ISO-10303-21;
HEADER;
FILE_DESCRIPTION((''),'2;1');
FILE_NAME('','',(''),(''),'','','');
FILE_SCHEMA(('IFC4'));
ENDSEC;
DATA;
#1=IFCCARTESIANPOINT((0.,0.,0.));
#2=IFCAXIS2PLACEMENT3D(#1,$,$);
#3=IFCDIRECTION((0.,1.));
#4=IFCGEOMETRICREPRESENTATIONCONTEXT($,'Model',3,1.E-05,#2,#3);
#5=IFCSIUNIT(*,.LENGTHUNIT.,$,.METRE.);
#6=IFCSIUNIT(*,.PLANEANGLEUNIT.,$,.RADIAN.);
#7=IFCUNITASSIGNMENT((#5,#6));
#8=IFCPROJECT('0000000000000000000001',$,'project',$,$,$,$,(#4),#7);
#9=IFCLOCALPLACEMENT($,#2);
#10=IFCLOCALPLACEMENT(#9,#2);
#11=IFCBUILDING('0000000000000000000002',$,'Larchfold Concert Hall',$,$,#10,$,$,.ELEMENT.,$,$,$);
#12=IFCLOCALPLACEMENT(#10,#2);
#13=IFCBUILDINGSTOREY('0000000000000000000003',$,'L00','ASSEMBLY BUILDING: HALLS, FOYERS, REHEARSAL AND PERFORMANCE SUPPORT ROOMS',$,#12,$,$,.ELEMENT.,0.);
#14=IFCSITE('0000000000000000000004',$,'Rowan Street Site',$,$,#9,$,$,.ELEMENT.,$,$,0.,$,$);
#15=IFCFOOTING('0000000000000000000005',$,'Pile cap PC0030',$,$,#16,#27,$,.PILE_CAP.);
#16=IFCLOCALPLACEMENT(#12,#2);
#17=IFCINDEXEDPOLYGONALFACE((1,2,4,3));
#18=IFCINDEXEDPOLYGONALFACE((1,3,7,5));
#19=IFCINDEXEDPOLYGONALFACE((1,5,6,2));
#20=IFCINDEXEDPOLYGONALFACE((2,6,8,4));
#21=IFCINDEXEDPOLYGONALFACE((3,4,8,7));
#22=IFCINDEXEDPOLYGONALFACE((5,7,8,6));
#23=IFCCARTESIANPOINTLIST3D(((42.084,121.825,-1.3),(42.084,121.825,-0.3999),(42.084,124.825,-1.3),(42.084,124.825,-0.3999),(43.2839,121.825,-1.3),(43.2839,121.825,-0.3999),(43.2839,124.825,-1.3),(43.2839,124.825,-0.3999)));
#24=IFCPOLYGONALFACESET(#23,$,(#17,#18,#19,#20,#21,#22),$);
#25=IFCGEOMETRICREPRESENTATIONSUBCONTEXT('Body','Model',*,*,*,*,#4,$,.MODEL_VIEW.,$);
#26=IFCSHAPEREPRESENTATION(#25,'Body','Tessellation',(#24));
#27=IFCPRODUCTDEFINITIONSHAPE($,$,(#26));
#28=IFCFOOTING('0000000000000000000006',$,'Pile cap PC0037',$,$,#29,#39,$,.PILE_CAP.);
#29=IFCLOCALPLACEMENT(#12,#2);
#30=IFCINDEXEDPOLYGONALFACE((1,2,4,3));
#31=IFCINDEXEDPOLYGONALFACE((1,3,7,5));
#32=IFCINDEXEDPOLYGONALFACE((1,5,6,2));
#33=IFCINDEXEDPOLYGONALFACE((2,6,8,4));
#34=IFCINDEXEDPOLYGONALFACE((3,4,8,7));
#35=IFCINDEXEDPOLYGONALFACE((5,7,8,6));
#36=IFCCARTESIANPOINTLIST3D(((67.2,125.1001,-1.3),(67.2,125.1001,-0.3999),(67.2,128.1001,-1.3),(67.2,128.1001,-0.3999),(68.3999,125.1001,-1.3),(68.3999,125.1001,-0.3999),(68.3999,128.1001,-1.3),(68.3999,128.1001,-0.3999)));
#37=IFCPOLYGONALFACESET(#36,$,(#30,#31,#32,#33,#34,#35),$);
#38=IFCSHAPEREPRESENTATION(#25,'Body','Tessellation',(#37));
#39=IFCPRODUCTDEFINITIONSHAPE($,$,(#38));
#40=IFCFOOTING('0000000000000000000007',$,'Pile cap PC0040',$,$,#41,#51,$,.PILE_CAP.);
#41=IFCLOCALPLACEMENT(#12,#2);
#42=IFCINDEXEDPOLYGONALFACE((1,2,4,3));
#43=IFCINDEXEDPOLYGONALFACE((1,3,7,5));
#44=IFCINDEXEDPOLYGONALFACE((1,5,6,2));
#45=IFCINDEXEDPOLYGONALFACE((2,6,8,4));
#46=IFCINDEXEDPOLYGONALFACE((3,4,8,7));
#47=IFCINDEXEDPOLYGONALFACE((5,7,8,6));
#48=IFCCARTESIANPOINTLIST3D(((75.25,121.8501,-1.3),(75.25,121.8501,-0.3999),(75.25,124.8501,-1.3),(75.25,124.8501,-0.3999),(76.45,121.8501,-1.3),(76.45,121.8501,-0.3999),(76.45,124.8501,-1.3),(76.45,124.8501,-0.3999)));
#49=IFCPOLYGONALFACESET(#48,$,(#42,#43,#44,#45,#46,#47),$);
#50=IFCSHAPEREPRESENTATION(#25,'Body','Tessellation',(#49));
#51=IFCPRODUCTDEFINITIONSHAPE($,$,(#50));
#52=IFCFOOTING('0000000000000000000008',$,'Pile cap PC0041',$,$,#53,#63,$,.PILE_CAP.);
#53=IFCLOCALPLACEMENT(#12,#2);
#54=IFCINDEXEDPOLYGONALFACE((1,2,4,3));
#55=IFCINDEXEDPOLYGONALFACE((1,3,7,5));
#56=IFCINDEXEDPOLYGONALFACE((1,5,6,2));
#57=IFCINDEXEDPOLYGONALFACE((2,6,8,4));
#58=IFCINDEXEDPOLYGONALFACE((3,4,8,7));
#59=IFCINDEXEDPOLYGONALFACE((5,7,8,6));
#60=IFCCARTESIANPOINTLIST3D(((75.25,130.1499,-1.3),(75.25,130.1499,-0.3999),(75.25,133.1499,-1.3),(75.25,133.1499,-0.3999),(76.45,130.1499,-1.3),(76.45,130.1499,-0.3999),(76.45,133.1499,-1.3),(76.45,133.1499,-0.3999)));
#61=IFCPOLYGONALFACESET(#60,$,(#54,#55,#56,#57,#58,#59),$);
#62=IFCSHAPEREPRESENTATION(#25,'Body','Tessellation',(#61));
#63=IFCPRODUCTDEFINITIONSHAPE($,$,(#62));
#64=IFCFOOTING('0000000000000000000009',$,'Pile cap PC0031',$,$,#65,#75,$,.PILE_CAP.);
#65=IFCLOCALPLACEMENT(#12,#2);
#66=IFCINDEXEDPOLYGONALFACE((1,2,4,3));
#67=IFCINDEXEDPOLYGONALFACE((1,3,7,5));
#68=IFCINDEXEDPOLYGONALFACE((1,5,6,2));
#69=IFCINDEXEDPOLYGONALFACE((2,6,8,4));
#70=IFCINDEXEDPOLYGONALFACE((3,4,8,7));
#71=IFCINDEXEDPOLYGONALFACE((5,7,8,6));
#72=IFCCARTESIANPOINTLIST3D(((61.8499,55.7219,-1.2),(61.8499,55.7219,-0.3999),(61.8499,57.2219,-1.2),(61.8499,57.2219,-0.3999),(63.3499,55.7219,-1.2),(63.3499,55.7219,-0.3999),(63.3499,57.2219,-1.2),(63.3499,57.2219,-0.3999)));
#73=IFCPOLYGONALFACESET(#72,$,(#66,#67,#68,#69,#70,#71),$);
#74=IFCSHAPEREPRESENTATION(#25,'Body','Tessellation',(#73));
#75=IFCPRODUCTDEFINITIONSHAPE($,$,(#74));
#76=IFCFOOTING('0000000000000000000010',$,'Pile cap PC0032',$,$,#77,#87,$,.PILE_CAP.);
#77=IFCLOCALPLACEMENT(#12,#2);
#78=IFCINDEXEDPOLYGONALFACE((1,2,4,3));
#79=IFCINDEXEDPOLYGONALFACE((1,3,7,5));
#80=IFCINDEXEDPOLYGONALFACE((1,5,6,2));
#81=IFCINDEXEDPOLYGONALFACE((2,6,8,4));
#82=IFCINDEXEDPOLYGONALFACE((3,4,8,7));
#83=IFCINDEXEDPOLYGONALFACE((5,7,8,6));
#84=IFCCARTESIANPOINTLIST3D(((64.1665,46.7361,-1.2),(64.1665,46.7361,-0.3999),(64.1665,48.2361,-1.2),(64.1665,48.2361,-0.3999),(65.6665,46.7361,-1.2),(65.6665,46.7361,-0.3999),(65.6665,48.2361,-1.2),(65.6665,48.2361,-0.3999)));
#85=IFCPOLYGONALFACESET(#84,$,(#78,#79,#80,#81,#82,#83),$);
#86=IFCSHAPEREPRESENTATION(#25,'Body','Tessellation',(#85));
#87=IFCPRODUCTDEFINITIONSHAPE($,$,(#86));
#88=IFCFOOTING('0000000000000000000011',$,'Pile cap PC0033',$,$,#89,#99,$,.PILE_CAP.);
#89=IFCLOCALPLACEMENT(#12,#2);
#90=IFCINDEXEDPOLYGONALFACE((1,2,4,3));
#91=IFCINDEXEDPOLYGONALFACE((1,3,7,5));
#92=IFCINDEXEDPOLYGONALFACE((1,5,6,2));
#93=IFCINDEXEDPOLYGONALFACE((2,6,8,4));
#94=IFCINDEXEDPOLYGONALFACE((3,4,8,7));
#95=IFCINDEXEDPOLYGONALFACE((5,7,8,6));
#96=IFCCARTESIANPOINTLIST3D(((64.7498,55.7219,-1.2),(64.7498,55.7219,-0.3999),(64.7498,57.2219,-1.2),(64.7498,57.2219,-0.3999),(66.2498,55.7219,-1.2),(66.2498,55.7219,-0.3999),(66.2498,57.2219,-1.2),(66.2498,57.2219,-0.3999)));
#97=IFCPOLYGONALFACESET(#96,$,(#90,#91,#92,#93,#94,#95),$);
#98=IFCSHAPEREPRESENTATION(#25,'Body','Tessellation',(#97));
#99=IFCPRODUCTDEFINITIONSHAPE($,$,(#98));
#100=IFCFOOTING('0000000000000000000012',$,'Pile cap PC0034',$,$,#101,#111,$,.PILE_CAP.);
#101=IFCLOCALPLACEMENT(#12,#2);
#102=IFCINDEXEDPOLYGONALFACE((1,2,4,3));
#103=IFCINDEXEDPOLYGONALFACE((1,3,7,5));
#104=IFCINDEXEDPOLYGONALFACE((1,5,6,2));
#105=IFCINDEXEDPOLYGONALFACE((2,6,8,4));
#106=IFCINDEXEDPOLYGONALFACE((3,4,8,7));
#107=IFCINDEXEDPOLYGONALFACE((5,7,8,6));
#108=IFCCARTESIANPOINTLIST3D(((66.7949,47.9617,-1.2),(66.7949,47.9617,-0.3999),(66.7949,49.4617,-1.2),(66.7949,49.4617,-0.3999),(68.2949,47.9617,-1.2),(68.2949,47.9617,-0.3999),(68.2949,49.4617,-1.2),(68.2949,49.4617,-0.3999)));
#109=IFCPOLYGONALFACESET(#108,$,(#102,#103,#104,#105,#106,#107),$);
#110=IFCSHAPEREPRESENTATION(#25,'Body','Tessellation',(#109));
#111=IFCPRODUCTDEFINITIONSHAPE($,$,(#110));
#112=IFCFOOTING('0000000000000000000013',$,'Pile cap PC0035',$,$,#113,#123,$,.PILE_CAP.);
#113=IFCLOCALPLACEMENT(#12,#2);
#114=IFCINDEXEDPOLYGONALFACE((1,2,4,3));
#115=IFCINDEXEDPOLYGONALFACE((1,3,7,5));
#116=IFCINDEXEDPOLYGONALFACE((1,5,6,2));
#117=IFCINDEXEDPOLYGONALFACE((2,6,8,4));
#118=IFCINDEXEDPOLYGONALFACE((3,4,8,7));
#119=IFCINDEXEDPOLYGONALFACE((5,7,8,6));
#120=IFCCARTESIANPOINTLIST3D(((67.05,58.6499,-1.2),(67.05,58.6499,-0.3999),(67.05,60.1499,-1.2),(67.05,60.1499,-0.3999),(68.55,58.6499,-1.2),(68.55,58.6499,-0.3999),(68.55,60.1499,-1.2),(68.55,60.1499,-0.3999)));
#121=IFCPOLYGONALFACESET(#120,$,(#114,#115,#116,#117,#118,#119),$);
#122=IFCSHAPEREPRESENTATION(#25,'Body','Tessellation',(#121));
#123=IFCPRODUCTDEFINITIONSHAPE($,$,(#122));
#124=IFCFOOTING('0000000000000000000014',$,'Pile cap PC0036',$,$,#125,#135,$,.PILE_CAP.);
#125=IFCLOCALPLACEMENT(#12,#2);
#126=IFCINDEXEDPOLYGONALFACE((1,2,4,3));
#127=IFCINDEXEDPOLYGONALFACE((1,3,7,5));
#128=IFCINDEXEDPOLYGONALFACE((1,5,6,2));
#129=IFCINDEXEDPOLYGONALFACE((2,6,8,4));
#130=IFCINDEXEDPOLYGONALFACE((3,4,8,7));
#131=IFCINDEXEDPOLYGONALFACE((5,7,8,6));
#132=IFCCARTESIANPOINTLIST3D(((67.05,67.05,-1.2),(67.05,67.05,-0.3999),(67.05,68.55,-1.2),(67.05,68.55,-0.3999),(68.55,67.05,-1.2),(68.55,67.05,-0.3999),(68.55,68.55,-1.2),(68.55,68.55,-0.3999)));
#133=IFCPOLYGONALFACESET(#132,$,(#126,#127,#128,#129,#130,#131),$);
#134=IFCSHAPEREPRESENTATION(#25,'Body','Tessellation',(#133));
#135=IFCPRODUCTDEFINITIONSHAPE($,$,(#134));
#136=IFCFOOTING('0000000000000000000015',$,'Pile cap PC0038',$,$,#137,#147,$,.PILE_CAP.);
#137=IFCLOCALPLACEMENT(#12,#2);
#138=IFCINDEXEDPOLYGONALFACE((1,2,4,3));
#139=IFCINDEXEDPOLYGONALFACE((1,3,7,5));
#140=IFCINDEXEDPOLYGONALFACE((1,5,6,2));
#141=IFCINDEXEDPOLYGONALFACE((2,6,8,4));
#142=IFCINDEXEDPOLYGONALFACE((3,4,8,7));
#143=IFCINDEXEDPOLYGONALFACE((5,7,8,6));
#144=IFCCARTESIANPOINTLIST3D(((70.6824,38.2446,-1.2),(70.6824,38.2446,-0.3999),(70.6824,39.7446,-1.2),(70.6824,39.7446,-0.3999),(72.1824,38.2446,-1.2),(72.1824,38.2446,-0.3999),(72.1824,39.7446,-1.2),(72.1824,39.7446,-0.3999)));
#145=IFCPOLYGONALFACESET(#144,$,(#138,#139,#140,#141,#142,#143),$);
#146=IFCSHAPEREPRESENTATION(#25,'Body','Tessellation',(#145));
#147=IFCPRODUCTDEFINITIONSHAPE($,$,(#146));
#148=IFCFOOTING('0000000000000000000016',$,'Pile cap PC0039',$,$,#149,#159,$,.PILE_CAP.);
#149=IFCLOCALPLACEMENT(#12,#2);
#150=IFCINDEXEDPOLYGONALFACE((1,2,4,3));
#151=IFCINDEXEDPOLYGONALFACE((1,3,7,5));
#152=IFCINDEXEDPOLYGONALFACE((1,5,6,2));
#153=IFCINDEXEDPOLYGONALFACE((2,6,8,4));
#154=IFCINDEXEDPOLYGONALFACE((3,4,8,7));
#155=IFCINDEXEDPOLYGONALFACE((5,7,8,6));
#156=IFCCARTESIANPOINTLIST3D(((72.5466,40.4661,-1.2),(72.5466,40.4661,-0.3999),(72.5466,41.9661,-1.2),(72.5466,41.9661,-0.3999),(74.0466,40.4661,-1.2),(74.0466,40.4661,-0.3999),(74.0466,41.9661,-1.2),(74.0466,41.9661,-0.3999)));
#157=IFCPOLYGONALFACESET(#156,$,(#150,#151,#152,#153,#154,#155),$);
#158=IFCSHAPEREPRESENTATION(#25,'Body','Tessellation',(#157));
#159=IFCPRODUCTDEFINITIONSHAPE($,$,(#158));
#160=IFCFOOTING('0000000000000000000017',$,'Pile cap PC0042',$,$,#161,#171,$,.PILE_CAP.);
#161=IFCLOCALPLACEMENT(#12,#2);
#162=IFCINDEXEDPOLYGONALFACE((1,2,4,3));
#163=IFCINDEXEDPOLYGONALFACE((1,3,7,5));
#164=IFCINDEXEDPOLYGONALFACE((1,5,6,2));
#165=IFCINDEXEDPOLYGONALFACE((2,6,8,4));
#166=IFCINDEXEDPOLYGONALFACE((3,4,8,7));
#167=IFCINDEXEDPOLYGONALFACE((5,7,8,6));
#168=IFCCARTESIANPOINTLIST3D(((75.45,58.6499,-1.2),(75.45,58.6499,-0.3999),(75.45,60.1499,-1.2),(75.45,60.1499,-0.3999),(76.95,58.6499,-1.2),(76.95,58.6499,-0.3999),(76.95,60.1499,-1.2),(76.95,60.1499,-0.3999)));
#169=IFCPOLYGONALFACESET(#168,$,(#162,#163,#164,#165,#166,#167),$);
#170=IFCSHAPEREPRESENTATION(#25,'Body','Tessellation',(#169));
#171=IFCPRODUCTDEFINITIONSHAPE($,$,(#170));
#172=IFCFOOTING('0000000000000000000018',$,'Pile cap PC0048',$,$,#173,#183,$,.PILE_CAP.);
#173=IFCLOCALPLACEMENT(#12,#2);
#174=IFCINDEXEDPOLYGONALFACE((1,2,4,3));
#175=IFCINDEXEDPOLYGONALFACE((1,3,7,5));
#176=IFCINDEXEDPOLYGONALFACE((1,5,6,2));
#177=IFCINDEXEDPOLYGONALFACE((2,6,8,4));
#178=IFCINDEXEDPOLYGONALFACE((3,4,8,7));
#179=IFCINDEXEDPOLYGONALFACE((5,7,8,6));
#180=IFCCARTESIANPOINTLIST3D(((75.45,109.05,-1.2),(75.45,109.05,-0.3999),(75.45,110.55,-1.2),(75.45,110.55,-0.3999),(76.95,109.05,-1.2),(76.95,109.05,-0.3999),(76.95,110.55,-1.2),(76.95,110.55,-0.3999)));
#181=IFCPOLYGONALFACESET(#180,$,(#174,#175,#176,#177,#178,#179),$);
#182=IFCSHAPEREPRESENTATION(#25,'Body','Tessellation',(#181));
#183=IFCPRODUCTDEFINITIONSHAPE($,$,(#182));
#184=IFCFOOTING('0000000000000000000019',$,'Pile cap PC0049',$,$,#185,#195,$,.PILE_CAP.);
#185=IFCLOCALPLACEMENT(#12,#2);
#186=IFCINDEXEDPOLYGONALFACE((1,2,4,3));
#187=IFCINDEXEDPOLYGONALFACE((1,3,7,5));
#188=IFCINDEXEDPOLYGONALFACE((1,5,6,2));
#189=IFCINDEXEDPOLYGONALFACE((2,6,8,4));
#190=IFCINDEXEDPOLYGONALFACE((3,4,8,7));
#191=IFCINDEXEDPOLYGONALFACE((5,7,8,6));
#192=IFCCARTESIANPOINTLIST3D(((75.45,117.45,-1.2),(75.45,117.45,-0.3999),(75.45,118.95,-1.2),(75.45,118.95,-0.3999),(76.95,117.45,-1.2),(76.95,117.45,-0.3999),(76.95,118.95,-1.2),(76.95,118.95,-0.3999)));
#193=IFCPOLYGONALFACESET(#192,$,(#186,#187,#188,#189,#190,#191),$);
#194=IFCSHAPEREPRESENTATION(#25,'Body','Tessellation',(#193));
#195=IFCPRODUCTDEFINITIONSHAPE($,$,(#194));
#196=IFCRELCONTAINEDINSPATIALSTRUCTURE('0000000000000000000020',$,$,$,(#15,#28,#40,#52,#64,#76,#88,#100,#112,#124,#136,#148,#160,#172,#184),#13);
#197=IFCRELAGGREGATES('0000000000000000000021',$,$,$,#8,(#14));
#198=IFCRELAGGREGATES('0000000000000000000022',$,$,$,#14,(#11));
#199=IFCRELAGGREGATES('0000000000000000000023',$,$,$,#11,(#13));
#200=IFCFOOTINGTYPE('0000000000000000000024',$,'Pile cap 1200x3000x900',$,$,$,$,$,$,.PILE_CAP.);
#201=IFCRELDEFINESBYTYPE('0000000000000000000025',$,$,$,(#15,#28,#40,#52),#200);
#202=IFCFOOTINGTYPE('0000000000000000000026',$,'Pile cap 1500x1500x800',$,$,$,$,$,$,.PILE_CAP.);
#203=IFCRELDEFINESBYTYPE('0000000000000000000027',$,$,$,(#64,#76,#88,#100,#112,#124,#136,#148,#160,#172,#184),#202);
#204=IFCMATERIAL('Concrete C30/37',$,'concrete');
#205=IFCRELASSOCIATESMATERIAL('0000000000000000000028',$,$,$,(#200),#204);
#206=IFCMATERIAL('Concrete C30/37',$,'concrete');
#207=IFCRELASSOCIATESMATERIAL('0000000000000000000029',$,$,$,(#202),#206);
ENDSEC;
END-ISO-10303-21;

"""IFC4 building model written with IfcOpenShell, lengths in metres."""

from ifc_helpers import new_model, si_unit, direction, frame, origin, place, context, subcontext, project, spatial, polyline, outline, extrude, material, type_object, element, save


model = new_model("IFC4")

# Units and contexts
model_context = context("Model", 3, precision=1e-05, world=origin(), true_north=direction((0.0, 1.0)))
body_context = subcontext(model_context, "Body", "Model", "MODEL_VIEW")
ifc_project = project(units=[si_unit("LENGTHUNIT", "METRE"), si_unit("PLANEANGLEUNIT", "RADIAN")], contexts=[model_context])

# Site, building, storey
site_placement = place(None, origin())
site = spatial("IfcSite", under=ifc_project, at=site_placement, Name="Rowan Street Site", CompositionType="ELEMENT", RefElevation=0.0)
building_placement = place(site_placement, origin())
building = spatial("IfcBuilding", under=site, at=building_placement, Name="Larchfold Concert Hall", CompositionType="ELEMENT")
storey_placement = place(building_placement, origin())
storey = spatial("IfcBuildingStorey", under=building, at=storey_placement, Name="L00", Description="ASSEMBLY BUILDING: HALLS, FOYERS, REHEARSAL AND PERFORMANCE SUPPORT ROOMS", CompositionType="ELEMENT", Elevation=0.0)

# Footings
ifc_material_1 = material(Name="Concrete C30/37", Category="concrete")
footing_type_1 = type_object("IfcFootingType", Name="Pile cap 1200x3000x900", PredefinedType="PILE_CAP", material=ifc_material_1)
footing_1_placement = place(storey_placement, frame((0.0, 0.0, -1.3)))
element("IfcFooting", 1, at=footing_1_placement, inside=storey, type_object=footing_type_1, Name="Pile cap PC0030", PredefinedType="PILE_CAP", context=body_context, shape_type="SweptSolid", body=[
    extrude(outline(polyline([(43.2839, 121.825), (43.2839, 124.825), (42.084, 124.825), (42.084, 121.825), (43.2839, 121.825)])), origin(), (0.0, 0.0, 1.0), 0.9001),
])
footing_2_placement = place(storey_placement, frame((0.0, 0.0, -1.3)))
element("IfcFooting", 2, at=footing_2_placement, inside=storey, type_object=footing_type_1, Name="Pile cap PC0037", PredefinedType="PILE_CAP", context=body_context, shape_type="SweptSolid", body=[
    extrude(outline(polyline([(68.3999, 125.1001), (68.3999, 128.1001), (67.2, 128.1001), (67.2, 125.1001), (68.3999, 125.1001)])), origin(), (0.0, 0.0, 1.0), 0.9001),
])
footing_3_placement = place(storey_placement, frame((0.0, 0.0, -1.3)))
element("IfcFooting", 3, at=footing_3_placement, inside=storey, type_object=footing_type_1, Name="Pile cap PC0040", PredefinedType="PILE_CAP", context=body_context, shape_type="SweptSolid", body=[
    extrude(outline(polyline([(76.45, 121.8501), (76.45, 124.8501), (75.25, 124.8501), (75.25, 121.8501), (76.45, 121.8501)])), origin(), (0.0, 0.0, 1.0), 0.9001),
])
footing_4_placement = place(storey_placement, frame((0.0, 0.0, -1.3)))
element("IfcFooting", 4, at=footing_4_placement, inside=storey, type_object=footing_type_1, Name="Pile cap PC0041", PredefinedType="PILE_CAP", context=body_context, shape_type="SweptSolid", body=[
    extrude(outline(polyline([(76.45, 130.1499), (76.45, 133.1499), (75.25, 133.1499), (75.25, 130.1499), (76.45, 130.1499)])), origin(), (0.0, 0.0, 1.0), 0.9001),
])
ifc_material_2 = material(Name="Concrete C30/37", Category="concrete")
footing_type_2 = type_object("IfcFootingType", Name="Pile cap 1500x1500x800", PredefinedType="PILE_CAP", material=ifc_material_2)
footing_5_placement = place(storey_placement, frame((0.0, 0.0, -1.2)))
element("IfcFooting", 5, at=footing_5_placement, inside=storey, type_object=footing_type_2, Name="Pile cap PC0031", PredefinedType="PILE_CAP", context=body_context, shape_type="SweptSolid", body=[
    extrude(outline(polyline([(63.3499, 55.7219), (63.3499, 57.2219), (61.8499, 57.2219), (61.8499, 55.7219), (63.3499, 55.7219)])), origin(), (0.0, 0.0, 1.0), 0.8),
])
footing_6_placement = place(storey_placement, frame((0.0, 0.0, -1.2)))
element("IfcFooting", 6, at=footing_6_placement, inside=storey, type_object=footing_type_2, Name="Pile cap PC0032", PredefinedType="PILE_CAP", context=body_context, shape_type="SweptSolid", body=[
    extrude(outline(polyline([(65.6665, 46.7361), (65.6665, 48.2361), (64.1665, 48.2361), (64.1665, 46.7361), (65.6665, 46.7361)])), origin(), (0.0, 0.0, 1.0), 0.8),
])
footing_7_placement = place(storey_placement, frame((0.0, 0.0, -1.2)))
element("IfcFooting", 7, at=footing_7_placement, inside=storey, type_object=footing_type_2, Name="Pile cap PC0033", PredefinedType="PILE_CAP", context=body_context, shape_type="SweptSolid", body=[
    extrude(outline(polyline([(66.2498, 55.7219), (66.2498, 57.2219), (64.7498, 57.2219), (64.7498, 55.7219), (66.2498, 55.7219)])), origin(), (0.0, 0.0, 1.0), 0.8),
])
footing_8_placement = place(storey_placement, frame((0.0, 0.0, -1.2)))
element("IfcFooting", 8, at=footing_8_placement, inside=storey, type_object=footing_type_2, Name="Pile cap PC0034", PredefinedType="PILE_CAP", context=body_context, shape_type="SweptSolid", body=[
    extrude(outline(polyline([(68.2949, 47.9617), (68.2949, 49.4617), (66.7949, 49.4617), (66.7949, 47.9617), (68.2949, 47.9617)])), origin(), (0.0, 0.0, 1.0), 0.8),
])
footing_9_placement = place(storey_placement, frame((0.0, 0.0, -1.2)))
element("IfcFooting", 9, at=footing_9_placement, inside=storey, type_object=footing_type_2, Name="Pile cap PC0035", PredefinedType="PILE_CAP", context=body_context, shape_type="SweptSolid", body=[
    extrude(outline(polyline([(68.55, 58.6499), (68.55, 60.1499), (67.05, 60.1499), (67.05, 58.6499), (68.55, 58.6499)])), origin(), (0.0, 0.0, 1.0), 0.8),
])
footing_10_placement = place(storey_placement, frame((0.0, 0.0, -1.2)))
element("IfcFooting", 10, at=footing_10_placement, inside=storey, type_object=footing_type_2, Name="Pile cap PC0036", PredefinedType="PILE_CAP", context=body_context, shape_type="SweptSolid", body=[
    extrude(outline(polyline([(68.55, 67.05), (68.55, 68.55), (67.05, 68.55), (67.05, 67.05), (68.55, 67.05)])), origin(), (0.0, 0.0, 1.0), 0.8),
])
footing_11_placement = place(storey_placement, frame((0.0, 0.0, -1.2)))
element("IfcFooting", 11, at=footing_11_placement, inside=storey, type_object=footing_type_2, Name="Pile cap PC0038", PredefinedType="PILE_CAP", context=body_context, shape_type="SweptSolid", body=[
    extrude(outline(polyline([(72.1824, 38.2446), (72.1824, 39.7446), (70.6824, 39.7446), (70.6824, 38.2446), (72.1824, 38.2446)])), origin(), (0.0, 0.0, 1.0), 0.8),
])
footing_12_placement = place(storey_placement, frame((0.0, 0.0, -1.2)))
element("IfcFooting", 12, at=footing_12_placement, inside=storey, type_object=footing_type_2, Name="Pile cap PC0039", PredefinedType="PILE_CAP", context=body_context, shape_type="SweptSolid", body=[
    extrude(outline(polyline([(74.0466, 40.4661), (74.0466, 41.9661), (72.5466, 41.9661), (72.5466, 40.4661), (74.0466, 40.4661)])), origin(), (0.0, 0.0, 1.0), 0.8),
])
footing_13_placement = place(storey_placement, frame((0.0, 0.0, -1.2)))
element("IfcFooting", 13, at=footing_13_placement, inside=storey, type_object=footing_type_2, Name="Pile cap PC0042", PredefinedType="PILE_CAP", context=body_context, shape_type="SweptSolid", body=[
    extrude(outline(polyline([(76.95, 58.6499), (76.95, 60.1499), (75.45, 60.1499), (75.45, 58.6499), (76.95, 58.6499)])), origin(), (0.0, 0.0, 1.0), 0.8),
])
footing_14_placement = place(storey_placement, frame((0.0, 0.0, -1.2)))
element("IfcFooting", 14, at=footing_14_placement, inside=storey, type_object=footing_type_2, Name="Pile cap PC0048", PredefinedType="PILE_CAP", context=body_context, shape_type="SweptSolid", body=[
    extrude(outline(polyline([(76.95, 109.05), (76.95, 110.55), (75.45, 110.55), (75.45, 109.05), (76.95, 109.05)])), origin(), (0.0, 0.0, 1.0), 0.8),
])
footing_15_placement = place(storey_placement, frame((0.0, 0.0, -1.2)))
element("IfcFooting", 15, at=footing_15_placement, inside=storey, type_object=footing_type_2, Name="Pile cap PC0049", PredefinedType="PILE_CAP", context=body_context, shape_type="SweptSolid", body=[
    extrude(outline(polyline([(76.95, 117.45), (76.95, 118.95), (75.45, 118.95), (75.45, 117.45), (76.95, 117.45)])), origin(), (0.0, 0.0, 1.0), 0.8),
])

save(model, "model.ifc")
